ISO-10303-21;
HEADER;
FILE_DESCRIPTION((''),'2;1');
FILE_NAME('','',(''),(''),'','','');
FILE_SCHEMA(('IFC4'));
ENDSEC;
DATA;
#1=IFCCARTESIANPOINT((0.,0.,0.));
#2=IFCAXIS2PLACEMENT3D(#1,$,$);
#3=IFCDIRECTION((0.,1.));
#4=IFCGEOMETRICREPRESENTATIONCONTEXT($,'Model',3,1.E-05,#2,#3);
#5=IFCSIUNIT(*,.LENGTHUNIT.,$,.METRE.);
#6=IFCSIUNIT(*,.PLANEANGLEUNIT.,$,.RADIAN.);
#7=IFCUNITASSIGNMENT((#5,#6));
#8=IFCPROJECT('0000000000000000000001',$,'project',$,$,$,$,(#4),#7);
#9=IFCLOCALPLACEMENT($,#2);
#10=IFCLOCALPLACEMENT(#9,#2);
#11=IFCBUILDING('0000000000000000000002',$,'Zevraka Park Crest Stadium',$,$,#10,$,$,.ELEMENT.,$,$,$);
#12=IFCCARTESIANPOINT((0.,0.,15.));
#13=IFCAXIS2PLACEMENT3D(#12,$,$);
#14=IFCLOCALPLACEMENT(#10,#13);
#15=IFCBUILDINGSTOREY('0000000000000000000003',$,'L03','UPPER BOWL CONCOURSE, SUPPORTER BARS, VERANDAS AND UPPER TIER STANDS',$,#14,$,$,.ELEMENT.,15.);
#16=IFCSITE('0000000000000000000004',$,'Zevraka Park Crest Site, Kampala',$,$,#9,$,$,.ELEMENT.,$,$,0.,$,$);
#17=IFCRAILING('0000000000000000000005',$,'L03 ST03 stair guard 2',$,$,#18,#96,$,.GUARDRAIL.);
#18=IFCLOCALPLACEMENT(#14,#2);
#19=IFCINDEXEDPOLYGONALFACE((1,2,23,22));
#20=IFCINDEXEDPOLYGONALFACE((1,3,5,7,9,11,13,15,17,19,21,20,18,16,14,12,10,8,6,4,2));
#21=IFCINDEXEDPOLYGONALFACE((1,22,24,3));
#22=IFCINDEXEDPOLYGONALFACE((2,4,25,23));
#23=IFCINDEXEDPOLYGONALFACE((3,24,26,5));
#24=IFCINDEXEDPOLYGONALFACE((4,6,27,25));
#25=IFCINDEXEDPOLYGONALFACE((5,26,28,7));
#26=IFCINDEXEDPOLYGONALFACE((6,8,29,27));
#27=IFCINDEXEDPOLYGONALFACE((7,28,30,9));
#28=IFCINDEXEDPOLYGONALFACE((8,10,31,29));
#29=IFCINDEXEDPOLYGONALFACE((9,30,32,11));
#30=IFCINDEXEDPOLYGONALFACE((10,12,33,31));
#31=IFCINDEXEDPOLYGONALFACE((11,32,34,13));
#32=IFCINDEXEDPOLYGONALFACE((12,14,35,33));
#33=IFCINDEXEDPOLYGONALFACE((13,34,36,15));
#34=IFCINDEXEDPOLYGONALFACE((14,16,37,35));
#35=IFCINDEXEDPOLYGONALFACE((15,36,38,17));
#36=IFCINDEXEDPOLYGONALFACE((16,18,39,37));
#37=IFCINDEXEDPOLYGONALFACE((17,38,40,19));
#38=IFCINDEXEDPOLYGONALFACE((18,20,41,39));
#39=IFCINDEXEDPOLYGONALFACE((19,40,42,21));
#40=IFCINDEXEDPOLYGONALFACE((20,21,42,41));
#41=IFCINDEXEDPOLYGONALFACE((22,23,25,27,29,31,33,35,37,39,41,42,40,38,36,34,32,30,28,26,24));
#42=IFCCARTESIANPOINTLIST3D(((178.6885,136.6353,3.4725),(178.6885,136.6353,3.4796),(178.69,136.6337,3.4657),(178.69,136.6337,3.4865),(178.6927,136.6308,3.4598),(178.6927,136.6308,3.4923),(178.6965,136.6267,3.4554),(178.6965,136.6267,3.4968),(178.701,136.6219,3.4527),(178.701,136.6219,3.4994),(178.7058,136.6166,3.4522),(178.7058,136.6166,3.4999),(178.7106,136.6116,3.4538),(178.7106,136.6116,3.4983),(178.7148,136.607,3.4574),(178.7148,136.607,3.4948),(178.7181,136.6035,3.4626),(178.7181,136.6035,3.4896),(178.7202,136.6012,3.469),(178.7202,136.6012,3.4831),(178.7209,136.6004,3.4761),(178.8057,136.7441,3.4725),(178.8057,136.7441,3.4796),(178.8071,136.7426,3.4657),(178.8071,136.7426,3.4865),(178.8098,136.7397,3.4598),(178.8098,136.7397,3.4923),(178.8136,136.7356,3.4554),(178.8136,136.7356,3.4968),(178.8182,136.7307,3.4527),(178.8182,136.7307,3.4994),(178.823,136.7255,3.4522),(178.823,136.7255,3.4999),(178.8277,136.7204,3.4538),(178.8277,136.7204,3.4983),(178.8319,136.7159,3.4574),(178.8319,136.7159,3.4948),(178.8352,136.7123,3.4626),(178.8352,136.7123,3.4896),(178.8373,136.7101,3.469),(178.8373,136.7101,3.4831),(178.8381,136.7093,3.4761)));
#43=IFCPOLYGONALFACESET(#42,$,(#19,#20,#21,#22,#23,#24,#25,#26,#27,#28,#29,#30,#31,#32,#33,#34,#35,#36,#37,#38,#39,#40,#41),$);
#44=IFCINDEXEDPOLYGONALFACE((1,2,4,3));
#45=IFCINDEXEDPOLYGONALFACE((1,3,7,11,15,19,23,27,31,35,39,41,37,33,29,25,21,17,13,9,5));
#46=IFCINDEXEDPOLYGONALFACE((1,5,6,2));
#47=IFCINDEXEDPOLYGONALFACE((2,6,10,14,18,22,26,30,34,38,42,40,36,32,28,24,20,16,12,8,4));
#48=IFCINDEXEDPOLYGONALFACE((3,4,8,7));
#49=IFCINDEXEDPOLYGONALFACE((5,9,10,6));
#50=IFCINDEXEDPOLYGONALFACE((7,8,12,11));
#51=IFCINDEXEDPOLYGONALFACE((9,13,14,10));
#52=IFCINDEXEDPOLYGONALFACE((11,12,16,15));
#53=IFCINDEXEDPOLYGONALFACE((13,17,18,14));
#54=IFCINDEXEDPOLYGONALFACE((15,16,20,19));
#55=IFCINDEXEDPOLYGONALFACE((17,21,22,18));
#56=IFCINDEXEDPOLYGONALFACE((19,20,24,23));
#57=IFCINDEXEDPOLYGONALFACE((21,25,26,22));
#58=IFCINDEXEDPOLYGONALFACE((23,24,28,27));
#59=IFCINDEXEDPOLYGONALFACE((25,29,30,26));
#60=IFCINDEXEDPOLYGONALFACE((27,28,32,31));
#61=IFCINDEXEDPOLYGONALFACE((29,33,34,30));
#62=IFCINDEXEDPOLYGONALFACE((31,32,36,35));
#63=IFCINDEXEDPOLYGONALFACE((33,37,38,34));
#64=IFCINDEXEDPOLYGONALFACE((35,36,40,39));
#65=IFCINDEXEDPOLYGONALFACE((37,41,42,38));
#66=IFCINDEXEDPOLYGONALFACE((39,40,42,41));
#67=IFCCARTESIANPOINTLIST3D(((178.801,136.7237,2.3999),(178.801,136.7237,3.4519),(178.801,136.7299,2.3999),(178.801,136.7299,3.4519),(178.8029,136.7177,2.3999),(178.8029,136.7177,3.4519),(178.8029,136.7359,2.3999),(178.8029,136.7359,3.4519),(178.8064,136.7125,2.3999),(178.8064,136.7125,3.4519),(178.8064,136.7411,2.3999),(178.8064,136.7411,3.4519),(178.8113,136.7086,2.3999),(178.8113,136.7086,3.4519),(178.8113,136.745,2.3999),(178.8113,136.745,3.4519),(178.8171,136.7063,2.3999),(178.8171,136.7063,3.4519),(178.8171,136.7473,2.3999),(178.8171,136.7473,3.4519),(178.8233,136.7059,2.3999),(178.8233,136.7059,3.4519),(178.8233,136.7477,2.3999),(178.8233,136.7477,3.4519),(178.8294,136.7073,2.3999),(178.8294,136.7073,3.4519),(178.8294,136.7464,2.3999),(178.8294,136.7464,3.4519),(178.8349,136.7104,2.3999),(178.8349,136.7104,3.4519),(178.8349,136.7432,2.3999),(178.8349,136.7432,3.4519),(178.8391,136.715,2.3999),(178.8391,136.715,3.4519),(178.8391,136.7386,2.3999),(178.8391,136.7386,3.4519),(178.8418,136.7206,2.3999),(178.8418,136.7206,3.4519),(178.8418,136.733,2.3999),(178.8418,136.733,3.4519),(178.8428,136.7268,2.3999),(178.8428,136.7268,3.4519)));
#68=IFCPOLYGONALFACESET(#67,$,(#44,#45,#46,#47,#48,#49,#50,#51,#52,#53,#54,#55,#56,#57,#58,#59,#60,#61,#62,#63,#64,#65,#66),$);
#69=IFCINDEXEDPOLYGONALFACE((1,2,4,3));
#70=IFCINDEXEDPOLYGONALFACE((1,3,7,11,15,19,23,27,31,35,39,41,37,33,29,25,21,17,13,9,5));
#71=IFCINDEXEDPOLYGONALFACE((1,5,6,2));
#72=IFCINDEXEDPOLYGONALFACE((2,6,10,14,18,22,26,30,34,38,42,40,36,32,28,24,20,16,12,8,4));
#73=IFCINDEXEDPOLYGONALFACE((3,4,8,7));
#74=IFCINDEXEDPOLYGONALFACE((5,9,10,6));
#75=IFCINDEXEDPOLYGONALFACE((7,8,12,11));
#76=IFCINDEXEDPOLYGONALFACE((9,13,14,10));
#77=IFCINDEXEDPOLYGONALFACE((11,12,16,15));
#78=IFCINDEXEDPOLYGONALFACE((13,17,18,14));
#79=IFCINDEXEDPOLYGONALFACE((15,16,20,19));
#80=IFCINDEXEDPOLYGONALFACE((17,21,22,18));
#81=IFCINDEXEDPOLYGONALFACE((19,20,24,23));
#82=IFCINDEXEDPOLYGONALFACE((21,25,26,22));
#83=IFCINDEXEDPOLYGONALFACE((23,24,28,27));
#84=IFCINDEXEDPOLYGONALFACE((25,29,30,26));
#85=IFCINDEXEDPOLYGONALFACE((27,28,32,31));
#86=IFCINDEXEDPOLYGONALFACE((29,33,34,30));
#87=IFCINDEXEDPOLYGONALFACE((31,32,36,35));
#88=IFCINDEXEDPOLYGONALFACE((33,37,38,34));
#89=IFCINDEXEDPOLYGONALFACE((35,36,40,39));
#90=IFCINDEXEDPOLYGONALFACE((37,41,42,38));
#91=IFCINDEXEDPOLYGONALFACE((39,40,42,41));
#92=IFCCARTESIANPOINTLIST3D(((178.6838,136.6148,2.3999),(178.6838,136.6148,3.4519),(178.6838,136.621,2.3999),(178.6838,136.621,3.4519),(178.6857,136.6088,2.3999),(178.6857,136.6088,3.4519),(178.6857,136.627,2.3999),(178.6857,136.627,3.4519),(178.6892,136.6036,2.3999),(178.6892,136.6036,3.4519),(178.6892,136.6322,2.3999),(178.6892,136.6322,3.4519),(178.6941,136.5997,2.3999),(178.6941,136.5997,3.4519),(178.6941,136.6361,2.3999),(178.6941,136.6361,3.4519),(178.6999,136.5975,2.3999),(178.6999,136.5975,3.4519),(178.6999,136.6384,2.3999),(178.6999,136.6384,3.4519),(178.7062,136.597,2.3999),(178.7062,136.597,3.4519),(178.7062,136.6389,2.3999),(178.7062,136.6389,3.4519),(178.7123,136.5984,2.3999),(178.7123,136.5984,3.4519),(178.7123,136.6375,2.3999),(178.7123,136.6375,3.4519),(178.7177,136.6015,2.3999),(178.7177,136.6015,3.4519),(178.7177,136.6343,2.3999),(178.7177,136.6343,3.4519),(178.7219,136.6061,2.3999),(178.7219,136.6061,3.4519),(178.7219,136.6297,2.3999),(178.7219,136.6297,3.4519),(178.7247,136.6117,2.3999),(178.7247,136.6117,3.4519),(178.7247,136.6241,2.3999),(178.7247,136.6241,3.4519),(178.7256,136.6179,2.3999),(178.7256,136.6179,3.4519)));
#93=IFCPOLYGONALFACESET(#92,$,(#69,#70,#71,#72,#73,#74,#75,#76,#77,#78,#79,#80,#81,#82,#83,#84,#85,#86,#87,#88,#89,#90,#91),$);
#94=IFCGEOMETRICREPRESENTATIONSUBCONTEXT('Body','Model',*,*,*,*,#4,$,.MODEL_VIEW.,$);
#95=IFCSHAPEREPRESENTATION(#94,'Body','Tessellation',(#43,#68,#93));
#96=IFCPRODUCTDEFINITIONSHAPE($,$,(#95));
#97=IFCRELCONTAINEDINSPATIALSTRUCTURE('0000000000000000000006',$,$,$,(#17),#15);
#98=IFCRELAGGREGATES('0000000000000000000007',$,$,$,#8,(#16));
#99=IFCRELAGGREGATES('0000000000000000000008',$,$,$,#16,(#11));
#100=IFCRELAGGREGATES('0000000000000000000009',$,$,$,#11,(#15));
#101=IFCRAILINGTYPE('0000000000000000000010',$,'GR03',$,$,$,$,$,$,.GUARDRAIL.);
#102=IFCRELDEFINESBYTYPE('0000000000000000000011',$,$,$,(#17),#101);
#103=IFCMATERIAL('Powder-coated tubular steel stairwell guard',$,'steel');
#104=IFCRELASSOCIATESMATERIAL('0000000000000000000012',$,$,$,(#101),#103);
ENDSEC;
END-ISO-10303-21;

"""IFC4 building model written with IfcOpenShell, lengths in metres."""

from ifc_helpers import new_model, si_unit, direction, frame, origin, origin_2d, place, context, subcontext, project, spatial, circle, extrude, material, type_object, element, save


model = new_model("IFC4")

# Units and contexts
model_context = context("Model", 3, precision=1e-05, world=origin(), true_north=direction((0.0, 1.0)))
body_context = subcontext(model_context, "Body", "Model", "MODEL_VIEW")
ifc_project = project(units=[si_unit("LENGTHUNIT", "METRE"), si_unit("PLANEANGLEUNIT", "RADIAN")], contexts=[model_context])

# Site, building, storey
site_placement = place(None, origin())
site = spatial("IfcSite", under=ifc_project, at=site_placement, Name="Zevraka Park Crest Site, Kampala", CompositionType="ELEMENT", RefElevation=0.0)
building_placement = place(site_placement, origin())
building = spatial("IfcBuilding", under=site, at=building_placement, Name="Zevraka Park Crest Stadium", CompositionType="ELEMENT")
storey_placement = place(building_placement, frame((0.0, 0.0, 15.0)))
storey = spatial("IfcBuildingStorey", under=building, at=storey_placement, Name="L03", Description="UPPER BOWL CONCOURSE, SUPPORTER BARS, VERANDAS AND UPPER TIER STANDS", CompositionType="ELEMENT", Elevation=15.0)

# Railing
ifc_material_1 = material(Name="Powder-coated tubular steel stairwell guard", Category="steel")
railing_type_1 = type_object("IfcRailingType", Name="GR03", PredefinedType="GUARDRAIL", material=ifc_material_1)
railing_1_placement = place(storey_placement, frame((178.8218, 136.7268, 2.3999)))
element("IfcRailing", 1, at=railing_1_placement, inside=storey, type_object=railing_type_1, Name="L03 ST03 stair guard 2", PredefinedType="GUARDRAIL", context=body_context, shape_type="SweptSolid", body=[
    extrude(circle(Radius=0.0239, at=origin_2d()), frame((0.0, 0.0, 1.0762), z_axis=(-0.732576, -0.680685, 0.0), x_axis=(0.680685, -0.732576, 0.0)), (0.0, 0.0, 1.0), 0.1599),
    extrude(circle(Radius=0.021, at=origin_2d()), origin(), (0.0, 0.0, 1.0), 1.052),
    extrude(circle(Radius=0.021, at=origin_2d()), frame((-0.1172, -0.1089, 0.0)), (0.0, 0.0, 1.0), 1.052),
])

save(model, "model.ifc")
